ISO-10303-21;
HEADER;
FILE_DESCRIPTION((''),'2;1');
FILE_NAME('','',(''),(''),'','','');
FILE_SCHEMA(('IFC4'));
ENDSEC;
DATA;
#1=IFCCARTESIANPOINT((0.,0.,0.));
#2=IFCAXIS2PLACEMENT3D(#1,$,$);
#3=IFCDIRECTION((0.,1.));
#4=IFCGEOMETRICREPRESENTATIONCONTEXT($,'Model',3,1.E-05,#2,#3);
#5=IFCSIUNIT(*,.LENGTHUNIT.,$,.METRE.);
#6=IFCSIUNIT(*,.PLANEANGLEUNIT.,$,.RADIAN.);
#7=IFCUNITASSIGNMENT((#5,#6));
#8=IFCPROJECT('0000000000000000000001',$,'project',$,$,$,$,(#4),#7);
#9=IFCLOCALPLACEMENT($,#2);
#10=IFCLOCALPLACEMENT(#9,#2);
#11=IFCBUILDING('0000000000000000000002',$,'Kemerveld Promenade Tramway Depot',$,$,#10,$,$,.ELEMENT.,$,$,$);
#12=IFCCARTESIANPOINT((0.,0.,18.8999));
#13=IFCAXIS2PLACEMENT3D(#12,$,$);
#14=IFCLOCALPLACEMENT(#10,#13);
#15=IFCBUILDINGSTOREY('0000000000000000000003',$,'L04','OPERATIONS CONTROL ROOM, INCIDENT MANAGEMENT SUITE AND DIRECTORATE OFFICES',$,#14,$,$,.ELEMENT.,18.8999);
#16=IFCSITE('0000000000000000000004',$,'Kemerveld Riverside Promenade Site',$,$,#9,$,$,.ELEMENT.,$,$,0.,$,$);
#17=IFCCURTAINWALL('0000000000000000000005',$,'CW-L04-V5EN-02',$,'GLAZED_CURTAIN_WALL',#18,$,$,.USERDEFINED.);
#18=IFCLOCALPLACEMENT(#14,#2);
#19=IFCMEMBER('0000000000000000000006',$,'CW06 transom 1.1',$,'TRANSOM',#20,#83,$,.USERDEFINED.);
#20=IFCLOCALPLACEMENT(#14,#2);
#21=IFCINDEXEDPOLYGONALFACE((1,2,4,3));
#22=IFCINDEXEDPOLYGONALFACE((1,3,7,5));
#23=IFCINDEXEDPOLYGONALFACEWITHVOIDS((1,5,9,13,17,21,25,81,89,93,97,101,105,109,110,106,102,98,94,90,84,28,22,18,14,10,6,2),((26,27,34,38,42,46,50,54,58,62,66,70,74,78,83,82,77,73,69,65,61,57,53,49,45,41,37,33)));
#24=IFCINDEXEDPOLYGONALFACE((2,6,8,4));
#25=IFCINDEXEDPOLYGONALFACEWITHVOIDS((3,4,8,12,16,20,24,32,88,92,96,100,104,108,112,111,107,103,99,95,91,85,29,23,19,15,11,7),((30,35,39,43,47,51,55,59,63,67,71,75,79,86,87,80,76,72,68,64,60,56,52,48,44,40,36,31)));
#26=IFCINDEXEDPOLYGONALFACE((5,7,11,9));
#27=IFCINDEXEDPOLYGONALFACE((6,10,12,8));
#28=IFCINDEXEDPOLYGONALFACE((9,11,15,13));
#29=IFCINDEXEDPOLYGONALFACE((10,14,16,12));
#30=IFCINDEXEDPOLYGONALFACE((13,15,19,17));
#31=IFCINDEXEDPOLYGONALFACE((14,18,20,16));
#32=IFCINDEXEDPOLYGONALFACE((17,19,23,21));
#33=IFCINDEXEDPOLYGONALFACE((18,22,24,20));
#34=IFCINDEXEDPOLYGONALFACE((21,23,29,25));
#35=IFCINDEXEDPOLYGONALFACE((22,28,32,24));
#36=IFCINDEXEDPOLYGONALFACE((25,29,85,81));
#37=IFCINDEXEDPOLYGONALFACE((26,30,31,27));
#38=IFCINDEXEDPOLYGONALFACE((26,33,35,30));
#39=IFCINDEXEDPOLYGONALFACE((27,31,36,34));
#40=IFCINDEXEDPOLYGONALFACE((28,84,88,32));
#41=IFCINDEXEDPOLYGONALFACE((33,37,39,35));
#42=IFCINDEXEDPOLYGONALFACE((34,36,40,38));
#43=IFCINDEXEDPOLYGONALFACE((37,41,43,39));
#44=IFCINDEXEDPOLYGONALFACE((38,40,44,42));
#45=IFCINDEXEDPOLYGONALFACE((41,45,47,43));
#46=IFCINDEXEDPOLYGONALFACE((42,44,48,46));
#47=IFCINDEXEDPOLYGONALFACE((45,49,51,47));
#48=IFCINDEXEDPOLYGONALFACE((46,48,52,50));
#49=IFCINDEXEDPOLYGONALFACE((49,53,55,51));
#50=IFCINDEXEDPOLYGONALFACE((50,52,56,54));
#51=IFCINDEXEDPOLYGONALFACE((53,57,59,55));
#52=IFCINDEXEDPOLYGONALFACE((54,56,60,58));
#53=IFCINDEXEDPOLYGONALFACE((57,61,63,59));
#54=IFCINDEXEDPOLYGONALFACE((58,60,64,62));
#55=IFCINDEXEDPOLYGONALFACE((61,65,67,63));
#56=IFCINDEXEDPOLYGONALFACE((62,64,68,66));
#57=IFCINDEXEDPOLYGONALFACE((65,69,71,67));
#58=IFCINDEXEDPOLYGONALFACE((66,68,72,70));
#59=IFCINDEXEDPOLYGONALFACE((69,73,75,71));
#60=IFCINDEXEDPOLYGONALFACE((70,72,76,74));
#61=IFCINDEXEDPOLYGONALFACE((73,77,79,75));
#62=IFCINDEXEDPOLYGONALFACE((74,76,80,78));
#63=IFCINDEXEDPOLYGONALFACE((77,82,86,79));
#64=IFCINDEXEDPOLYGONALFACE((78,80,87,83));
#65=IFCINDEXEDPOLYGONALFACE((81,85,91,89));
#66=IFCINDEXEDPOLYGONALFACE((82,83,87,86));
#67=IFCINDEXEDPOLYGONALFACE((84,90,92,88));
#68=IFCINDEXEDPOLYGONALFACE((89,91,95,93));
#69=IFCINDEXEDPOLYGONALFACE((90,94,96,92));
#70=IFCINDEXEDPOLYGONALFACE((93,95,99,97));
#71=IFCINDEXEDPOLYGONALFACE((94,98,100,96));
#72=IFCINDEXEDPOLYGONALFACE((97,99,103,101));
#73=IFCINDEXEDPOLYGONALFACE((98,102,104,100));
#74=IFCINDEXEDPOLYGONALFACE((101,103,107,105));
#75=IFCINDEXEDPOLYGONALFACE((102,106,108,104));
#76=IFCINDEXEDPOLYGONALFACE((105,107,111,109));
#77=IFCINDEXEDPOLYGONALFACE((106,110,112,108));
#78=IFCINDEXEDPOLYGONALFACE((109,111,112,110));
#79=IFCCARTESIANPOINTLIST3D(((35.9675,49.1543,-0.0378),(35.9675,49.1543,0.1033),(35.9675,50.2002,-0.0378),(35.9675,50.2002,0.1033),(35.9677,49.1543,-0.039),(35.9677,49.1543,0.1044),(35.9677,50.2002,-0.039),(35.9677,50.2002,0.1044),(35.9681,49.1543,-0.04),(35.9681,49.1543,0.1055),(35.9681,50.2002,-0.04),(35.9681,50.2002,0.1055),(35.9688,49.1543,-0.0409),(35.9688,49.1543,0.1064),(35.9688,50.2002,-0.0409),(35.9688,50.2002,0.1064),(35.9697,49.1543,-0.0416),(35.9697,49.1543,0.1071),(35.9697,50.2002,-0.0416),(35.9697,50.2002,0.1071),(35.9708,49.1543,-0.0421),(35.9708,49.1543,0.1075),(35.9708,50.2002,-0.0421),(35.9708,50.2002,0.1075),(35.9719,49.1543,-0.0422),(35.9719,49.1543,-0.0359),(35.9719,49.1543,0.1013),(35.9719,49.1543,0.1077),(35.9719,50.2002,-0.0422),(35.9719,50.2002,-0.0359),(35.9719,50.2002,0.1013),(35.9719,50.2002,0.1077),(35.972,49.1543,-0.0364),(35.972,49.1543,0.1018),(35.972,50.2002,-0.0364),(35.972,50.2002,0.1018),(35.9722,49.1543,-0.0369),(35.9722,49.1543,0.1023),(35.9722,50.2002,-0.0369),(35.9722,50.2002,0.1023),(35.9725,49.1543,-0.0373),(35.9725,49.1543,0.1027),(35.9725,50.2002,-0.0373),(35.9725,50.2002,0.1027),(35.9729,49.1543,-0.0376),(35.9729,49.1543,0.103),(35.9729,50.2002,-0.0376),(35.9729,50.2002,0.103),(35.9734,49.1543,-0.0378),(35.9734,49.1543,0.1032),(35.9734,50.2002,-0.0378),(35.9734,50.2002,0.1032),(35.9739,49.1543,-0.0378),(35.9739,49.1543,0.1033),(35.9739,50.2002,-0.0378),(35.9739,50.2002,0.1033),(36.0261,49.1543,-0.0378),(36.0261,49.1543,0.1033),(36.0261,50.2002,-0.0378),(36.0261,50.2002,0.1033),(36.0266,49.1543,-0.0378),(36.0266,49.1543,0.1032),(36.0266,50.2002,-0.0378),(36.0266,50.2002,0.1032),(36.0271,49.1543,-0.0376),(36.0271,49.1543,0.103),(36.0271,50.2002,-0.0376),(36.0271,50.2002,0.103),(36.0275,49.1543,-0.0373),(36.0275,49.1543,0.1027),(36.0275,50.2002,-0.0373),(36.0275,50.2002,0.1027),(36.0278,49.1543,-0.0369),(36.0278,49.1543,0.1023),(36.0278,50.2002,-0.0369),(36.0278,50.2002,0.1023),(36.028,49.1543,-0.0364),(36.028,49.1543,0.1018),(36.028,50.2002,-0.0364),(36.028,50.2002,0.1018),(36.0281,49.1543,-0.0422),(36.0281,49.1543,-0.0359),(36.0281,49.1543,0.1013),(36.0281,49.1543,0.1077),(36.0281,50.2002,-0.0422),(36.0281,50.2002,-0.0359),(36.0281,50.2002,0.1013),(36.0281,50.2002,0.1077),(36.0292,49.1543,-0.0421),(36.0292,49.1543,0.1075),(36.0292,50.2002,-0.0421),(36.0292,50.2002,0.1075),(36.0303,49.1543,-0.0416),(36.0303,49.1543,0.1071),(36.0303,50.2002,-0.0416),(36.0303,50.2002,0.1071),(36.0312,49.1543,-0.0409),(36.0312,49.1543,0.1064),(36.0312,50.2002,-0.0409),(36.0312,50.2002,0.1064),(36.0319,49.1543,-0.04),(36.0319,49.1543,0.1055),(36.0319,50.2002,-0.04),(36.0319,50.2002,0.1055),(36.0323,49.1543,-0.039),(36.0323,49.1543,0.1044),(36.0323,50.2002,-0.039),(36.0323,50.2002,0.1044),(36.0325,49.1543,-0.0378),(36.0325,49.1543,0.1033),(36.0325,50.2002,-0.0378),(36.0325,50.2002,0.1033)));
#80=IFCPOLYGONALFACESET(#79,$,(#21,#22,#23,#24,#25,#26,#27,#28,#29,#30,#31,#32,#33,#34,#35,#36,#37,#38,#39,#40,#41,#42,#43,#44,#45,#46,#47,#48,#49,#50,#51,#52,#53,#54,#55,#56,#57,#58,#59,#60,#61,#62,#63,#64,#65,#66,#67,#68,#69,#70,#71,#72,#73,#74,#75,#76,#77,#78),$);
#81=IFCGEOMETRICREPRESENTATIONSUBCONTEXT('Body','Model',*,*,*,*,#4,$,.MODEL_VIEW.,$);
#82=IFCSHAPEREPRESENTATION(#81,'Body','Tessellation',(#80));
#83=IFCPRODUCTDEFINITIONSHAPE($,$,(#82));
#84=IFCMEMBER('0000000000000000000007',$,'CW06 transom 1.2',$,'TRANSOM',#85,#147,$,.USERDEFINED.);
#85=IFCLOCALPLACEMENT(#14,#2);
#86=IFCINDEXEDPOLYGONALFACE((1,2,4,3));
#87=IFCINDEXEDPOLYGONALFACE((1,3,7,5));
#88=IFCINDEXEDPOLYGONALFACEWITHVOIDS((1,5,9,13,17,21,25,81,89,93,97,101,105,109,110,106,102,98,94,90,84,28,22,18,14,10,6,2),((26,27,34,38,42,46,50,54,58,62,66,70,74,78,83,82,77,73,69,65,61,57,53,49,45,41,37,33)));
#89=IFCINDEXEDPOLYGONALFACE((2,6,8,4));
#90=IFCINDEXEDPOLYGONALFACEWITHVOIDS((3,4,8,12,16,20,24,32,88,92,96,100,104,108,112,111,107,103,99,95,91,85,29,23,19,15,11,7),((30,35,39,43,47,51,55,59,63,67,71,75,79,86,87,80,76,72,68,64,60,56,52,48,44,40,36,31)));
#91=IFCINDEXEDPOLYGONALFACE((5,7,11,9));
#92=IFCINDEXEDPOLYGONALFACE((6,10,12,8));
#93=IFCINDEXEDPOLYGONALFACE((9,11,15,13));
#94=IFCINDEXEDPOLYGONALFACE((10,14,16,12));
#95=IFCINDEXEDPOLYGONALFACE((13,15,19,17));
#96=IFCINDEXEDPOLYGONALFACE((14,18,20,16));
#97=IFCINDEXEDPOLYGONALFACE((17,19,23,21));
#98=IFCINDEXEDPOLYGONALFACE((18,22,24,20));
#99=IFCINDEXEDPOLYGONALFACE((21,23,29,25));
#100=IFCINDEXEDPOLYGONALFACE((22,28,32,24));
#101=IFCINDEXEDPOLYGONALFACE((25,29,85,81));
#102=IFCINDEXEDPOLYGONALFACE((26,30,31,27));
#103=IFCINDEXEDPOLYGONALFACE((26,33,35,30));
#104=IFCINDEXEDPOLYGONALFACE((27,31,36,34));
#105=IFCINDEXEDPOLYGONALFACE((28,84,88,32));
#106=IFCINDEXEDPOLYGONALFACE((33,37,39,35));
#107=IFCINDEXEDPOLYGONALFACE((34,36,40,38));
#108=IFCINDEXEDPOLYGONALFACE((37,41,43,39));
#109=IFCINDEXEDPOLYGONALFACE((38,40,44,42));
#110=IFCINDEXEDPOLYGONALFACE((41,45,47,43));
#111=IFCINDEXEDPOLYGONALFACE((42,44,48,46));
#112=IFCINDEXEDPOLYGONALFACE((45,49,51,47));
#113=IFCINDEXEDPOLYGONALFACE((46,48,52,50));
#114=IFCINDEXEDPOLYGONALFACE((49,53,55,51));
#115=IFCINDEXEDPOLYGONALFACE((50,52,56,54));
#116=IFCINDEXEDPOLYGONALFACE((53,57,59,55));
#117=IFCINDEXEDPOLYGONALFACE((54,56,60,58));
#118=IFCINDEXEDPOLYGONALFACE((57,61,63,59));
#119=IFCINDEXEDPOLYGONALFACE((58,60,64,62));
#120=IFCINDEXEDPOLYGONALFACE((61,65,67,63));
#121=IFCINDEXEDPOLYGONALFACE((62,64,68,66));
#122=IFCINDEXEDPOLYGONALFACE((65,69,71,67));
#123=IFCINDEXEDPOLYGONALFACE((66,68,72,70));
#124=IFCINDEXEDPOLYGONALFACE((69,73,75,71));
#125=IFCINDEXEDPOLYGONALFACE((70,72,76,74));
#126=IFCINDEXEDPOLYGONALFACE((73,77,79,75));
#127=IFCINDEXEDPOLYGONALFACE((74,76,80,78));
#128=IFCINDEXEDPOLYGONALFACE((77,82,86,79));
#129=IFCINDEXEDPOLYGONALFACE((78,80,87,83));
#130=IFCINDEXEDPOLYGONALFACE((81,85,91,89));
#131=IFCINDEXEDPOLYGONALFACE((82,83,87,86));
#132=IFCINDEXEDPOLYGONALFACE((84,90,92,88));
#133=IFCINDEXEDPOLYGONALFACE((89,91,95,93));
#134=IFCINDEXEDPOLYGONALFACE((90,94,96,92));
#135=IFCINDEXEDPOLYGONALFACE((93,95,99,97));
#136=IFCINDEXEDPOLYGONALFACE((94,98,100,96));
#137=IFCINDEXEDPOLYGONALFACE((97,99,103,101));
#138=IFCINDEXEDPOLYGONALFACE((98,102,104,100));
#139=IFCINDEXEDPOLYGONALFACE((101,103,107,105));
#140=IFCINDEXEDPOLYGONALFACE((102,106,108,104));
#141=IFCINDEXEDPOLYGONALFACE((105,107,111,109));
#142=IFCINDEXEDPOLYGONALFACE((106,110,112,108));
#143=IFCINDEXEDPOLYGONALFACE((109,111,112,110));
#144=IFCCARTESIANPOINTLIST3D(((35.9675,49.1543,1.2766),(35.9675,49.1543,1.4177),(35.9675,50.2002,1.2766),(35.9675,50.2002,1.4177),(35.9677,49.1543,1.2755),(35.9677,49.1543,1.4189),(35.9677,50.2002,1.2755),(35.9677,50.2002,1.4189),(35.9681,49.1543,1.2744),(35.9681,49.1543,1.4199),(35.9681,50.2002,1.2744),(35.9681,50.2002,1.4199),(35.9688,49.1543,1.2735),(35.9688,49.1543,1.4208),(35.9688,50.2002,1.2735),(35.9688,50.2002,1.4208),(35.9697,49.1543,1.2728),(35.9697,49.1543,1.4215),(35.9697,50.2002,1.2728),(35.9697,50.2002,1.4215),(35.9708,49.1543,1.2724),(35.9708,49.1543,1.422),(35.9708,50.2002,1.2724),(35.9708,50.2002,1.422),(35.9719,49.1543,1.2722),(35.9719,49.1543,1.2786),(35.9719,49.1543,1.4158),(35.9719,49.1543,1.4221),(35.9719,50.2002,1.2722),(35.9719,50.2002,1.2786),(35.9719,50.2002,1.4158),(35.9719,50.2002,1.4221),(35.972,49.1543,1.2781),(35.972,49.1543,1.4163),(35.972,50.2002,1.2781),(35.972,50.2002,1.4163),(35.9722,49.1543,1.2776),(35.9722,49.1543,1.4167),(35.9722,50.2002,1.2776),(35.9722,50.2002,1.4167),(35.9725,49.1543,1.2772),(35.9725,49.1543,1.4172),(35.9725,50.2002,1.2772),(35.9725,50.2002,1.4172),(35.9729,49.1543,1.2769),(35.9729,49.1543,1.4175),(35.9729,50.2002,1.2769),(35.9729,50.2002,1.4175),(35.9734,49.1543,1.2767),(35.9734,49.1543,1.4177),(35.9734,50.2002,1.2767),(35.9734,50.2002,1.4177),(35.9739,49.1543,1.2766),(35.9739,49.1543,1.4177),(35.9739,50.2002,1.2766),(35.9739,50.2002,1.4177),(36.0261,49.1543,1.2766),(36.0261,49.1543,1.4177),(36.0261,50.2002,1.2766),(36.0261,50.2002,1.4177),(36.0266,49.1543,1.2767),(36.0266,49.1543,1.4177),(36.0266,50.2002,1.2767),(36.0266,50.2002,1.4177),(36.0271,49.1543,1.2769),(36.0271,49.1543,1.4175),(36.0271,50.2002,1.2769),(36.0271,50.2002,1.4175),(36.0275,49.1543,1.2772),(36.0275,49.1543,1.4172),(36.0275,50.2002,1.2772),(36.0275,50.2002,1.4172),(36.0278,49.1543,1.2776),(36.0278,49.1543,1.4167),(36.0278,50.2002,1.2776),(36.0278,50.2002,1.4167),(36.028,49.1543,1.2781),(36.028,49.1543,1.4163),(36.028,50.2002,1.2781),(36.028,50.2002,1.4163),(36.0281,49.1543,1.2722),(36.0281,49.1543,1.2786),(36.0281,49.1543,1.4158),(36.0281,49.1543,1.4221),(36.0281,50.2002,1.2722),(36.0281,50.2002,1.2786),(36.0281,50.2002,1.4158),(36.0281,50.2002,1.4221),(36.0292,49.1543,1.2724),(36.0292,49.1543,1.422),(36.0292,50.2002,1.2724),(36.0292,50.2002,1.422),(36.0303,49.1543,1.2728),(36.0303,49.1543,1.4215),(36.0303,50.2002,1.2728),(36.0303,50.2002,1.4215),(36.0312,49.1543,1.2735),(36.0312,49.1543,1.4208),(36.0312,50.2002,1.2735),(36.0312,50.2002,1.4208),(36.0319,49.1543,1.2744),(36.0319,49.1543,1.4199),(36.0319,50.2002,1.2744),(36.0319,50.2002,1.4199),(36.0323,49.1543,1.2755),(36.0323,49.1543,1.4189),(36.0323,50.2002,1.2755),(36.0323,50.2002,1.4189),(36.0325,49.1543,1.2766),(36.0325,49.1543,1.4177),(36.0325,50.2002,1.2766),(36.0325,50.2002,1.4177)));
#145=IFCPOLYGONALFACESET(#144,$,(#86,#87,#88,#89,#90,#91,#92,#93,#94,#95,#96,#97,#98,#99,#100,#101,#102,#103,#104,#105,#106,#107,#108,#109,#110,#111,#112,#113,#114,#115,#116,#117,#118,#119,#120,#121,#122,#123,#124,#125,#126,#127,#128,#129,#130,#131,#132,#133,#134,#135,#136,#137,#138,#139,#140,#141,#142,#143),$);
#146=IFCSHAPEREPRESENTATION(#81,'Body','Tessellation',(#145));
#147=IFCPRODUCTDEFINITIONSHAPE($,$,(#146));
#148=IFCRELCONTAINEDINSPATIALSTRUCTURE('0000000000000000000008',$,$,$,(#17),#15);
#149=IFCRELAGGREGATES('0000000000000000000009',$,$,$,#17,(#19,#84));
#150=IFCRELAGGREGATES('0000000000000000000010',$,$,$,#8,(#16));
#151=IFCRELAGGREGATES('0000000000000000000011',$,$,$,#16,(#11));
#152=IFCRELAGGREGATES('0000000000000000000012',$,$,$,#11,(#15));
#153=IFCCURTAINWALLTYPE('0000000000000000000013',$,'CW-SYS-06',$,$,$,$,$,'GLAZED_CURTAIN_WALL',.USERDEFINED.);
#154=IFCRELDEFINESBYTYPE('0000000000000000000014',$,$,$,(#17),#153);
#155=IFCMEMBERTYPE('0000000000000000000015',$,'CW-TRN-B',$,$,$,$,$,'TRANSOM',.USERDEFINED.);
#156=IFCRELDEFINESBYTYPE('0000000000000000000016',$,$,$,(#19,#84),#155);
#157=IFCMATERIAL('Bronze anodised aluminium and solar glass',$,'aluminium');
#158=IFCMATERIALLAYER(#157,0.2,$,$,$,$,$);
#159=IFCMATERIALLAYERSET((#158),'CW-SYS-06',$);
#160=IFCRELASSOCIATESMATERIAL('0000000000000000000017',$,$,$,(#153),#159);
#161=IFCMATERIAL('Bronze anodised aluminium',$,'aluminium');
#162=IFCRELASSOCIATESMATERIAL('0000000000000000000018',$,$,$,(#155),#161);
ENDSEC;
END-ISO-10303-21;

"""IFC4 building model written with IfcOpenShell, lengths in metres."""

from ifc_helpers import new_model, si_unit, direction, frame, origin, origin_2d, place, context, subcontext, project, spatial, hollow_rectangle, extrude, material, layer, layer_set, material_profile, profile_set, type_object, element, aggregate, save


model = new_model("IFC4")

# Units and contexts
model_context = context("Model", 3, precision=1e-05, world=origin(), true_north=direction((0.0, 1.0)))
body_context = subcontext(model_context, "Body", "Model", "MODEL_VIEW")
ifc_project = project(units=[si_unit("LENGTHUNIT", "METRE"), si_unit("PLANEANGLEUNIT", "RADIAN")], contexts=[model_context])

# Site, building, storey
site_placement = place(None, origin())
site = spatial("IfcSite", under=ifc_project, at=site_placement, Name="Kemerveld Riverside Promenade Site", CompositionType="ELEMENT", RefElevation=0.0)
building_placement = place(site_placement, origin())
building = spatial("IfcBuilding", under=site, at=building_placement, Name="Kemerveld Promenade Tramway Depot", CompositionType="ELEMENT")
storey_placement = place(building_placement, frame((0.0, 0.0, 18.8999)))
storey = spatial("IfcBuildingStorey", under=building, at=storey_placement, Name="L04", Description="OPERATIONS CONTROL ROOM, INCIDENT MANAGEMENT SUITE AND DIRECTORATE OFFICES", CompositionType="ELEMENT", Elevation=18.8999)

# Curtain wall
ifc_material_1 = material(Name="Bronze anodised aluminium and solar glass", Category="aluminium")
ifc_material_2 = material(Name="Bronze anodised aluminium", Category="aluminium")
ifc_layer_1 = layer(ifc_material_1, 0.2)
ifc_layer_set_1 = layer_set([ifc_layer_1], Name="CW-SYS-06")
curtain_wall_type_1 = type_object("IfcCurtainWallType", Name="CW-SYS-06", ElementType="GLAZED_CURTAIN_WALL", PredefinedType="USERDEFINED", material=ifc_layer_set_1)
curtain_wall_1_placement = place(storey_placement, origin())
curtain_wall_1 = element("IfcCurtainWall", 1, at=curtain_wall_1_placement, inside=storey, type_object=curtain_wall_type_1, Name="CW-L04-V5EN-02", ObjectType="GLAZED_CURTAIN_WALL", PredefinedType="USERDEFINED")

# Members
ifc_material_profile_1 = material_profile(ifc_material_2, hollow_rectangle(XDim=0.0649, YDim=0.1499, WallThickness=0.0044, InnerFilletRadius=0.002, OuterFilletRadius=0.0044, at=origin_2d()), Name="CW-TRN-150x65")
ifc_profile_set_1 = profile_set([ifc_material_profile_1], Name="Bronze anodised aluminium")
member_type_1 = type_object("IfcMemberType", Name="CW-TRN-B", ElementType="TRANSOM", PredefinedType="USERDEFINED", material=ifc_profile_set_1)
member_1_placement = place(storey_placement, frame((36.0, 50.2002, 0.0327), z_axis=(0.0, -1.0, 0.0), x_axis=(1.0, 0.0, 0.0)))
member_1 = element("IfcMember", 2, at=member_1_placement, type_object=member_type_1, Name="CW06 transom 1.1", ObjectType="TRANSOM", PredefinedType="USERDEFINED", context=body_context, shape_type="SweptSolid", body=[
    extrude(hollow_rectangle(XDim=0.0649, YDim=0.1499, WallThickness=0.0044, InnerFilletRadius=0.002, OuterFilletRadius=0.0044, at=origin_2d()), origin(), (0.0, 0.0, 1.0), 1.0459),
])
member_2_placement = place(storey_placement, frame((36.0, 50.2002, 1.3472), z_axis=(0.0, -1.0, 0.0), x_axis=(1.0, 0.0, 0.0)))
member_2 = element("IfcMember", 3, at=member_2_placement, type_object=member_type_1, Name="CW06 transom 1.2", ObjectType="TRANSOM", PredefinedType="USERDEFINED", context=body_context, shape_type="SweptSolid", body=[
    extrude(hollow_rectangle(XDim=0.0649, YDim=0.1499, WallThickness=0.0044, InnerFilletRadius=0.002, OuterFilletRadius=0.0044, at=origin_2d()), origin(), (0.0, 0.0, 1.0), 1.0459),
])

aggregate(curtain_wall_1, [member_1, member_2])

save(model, "model.ifc")
